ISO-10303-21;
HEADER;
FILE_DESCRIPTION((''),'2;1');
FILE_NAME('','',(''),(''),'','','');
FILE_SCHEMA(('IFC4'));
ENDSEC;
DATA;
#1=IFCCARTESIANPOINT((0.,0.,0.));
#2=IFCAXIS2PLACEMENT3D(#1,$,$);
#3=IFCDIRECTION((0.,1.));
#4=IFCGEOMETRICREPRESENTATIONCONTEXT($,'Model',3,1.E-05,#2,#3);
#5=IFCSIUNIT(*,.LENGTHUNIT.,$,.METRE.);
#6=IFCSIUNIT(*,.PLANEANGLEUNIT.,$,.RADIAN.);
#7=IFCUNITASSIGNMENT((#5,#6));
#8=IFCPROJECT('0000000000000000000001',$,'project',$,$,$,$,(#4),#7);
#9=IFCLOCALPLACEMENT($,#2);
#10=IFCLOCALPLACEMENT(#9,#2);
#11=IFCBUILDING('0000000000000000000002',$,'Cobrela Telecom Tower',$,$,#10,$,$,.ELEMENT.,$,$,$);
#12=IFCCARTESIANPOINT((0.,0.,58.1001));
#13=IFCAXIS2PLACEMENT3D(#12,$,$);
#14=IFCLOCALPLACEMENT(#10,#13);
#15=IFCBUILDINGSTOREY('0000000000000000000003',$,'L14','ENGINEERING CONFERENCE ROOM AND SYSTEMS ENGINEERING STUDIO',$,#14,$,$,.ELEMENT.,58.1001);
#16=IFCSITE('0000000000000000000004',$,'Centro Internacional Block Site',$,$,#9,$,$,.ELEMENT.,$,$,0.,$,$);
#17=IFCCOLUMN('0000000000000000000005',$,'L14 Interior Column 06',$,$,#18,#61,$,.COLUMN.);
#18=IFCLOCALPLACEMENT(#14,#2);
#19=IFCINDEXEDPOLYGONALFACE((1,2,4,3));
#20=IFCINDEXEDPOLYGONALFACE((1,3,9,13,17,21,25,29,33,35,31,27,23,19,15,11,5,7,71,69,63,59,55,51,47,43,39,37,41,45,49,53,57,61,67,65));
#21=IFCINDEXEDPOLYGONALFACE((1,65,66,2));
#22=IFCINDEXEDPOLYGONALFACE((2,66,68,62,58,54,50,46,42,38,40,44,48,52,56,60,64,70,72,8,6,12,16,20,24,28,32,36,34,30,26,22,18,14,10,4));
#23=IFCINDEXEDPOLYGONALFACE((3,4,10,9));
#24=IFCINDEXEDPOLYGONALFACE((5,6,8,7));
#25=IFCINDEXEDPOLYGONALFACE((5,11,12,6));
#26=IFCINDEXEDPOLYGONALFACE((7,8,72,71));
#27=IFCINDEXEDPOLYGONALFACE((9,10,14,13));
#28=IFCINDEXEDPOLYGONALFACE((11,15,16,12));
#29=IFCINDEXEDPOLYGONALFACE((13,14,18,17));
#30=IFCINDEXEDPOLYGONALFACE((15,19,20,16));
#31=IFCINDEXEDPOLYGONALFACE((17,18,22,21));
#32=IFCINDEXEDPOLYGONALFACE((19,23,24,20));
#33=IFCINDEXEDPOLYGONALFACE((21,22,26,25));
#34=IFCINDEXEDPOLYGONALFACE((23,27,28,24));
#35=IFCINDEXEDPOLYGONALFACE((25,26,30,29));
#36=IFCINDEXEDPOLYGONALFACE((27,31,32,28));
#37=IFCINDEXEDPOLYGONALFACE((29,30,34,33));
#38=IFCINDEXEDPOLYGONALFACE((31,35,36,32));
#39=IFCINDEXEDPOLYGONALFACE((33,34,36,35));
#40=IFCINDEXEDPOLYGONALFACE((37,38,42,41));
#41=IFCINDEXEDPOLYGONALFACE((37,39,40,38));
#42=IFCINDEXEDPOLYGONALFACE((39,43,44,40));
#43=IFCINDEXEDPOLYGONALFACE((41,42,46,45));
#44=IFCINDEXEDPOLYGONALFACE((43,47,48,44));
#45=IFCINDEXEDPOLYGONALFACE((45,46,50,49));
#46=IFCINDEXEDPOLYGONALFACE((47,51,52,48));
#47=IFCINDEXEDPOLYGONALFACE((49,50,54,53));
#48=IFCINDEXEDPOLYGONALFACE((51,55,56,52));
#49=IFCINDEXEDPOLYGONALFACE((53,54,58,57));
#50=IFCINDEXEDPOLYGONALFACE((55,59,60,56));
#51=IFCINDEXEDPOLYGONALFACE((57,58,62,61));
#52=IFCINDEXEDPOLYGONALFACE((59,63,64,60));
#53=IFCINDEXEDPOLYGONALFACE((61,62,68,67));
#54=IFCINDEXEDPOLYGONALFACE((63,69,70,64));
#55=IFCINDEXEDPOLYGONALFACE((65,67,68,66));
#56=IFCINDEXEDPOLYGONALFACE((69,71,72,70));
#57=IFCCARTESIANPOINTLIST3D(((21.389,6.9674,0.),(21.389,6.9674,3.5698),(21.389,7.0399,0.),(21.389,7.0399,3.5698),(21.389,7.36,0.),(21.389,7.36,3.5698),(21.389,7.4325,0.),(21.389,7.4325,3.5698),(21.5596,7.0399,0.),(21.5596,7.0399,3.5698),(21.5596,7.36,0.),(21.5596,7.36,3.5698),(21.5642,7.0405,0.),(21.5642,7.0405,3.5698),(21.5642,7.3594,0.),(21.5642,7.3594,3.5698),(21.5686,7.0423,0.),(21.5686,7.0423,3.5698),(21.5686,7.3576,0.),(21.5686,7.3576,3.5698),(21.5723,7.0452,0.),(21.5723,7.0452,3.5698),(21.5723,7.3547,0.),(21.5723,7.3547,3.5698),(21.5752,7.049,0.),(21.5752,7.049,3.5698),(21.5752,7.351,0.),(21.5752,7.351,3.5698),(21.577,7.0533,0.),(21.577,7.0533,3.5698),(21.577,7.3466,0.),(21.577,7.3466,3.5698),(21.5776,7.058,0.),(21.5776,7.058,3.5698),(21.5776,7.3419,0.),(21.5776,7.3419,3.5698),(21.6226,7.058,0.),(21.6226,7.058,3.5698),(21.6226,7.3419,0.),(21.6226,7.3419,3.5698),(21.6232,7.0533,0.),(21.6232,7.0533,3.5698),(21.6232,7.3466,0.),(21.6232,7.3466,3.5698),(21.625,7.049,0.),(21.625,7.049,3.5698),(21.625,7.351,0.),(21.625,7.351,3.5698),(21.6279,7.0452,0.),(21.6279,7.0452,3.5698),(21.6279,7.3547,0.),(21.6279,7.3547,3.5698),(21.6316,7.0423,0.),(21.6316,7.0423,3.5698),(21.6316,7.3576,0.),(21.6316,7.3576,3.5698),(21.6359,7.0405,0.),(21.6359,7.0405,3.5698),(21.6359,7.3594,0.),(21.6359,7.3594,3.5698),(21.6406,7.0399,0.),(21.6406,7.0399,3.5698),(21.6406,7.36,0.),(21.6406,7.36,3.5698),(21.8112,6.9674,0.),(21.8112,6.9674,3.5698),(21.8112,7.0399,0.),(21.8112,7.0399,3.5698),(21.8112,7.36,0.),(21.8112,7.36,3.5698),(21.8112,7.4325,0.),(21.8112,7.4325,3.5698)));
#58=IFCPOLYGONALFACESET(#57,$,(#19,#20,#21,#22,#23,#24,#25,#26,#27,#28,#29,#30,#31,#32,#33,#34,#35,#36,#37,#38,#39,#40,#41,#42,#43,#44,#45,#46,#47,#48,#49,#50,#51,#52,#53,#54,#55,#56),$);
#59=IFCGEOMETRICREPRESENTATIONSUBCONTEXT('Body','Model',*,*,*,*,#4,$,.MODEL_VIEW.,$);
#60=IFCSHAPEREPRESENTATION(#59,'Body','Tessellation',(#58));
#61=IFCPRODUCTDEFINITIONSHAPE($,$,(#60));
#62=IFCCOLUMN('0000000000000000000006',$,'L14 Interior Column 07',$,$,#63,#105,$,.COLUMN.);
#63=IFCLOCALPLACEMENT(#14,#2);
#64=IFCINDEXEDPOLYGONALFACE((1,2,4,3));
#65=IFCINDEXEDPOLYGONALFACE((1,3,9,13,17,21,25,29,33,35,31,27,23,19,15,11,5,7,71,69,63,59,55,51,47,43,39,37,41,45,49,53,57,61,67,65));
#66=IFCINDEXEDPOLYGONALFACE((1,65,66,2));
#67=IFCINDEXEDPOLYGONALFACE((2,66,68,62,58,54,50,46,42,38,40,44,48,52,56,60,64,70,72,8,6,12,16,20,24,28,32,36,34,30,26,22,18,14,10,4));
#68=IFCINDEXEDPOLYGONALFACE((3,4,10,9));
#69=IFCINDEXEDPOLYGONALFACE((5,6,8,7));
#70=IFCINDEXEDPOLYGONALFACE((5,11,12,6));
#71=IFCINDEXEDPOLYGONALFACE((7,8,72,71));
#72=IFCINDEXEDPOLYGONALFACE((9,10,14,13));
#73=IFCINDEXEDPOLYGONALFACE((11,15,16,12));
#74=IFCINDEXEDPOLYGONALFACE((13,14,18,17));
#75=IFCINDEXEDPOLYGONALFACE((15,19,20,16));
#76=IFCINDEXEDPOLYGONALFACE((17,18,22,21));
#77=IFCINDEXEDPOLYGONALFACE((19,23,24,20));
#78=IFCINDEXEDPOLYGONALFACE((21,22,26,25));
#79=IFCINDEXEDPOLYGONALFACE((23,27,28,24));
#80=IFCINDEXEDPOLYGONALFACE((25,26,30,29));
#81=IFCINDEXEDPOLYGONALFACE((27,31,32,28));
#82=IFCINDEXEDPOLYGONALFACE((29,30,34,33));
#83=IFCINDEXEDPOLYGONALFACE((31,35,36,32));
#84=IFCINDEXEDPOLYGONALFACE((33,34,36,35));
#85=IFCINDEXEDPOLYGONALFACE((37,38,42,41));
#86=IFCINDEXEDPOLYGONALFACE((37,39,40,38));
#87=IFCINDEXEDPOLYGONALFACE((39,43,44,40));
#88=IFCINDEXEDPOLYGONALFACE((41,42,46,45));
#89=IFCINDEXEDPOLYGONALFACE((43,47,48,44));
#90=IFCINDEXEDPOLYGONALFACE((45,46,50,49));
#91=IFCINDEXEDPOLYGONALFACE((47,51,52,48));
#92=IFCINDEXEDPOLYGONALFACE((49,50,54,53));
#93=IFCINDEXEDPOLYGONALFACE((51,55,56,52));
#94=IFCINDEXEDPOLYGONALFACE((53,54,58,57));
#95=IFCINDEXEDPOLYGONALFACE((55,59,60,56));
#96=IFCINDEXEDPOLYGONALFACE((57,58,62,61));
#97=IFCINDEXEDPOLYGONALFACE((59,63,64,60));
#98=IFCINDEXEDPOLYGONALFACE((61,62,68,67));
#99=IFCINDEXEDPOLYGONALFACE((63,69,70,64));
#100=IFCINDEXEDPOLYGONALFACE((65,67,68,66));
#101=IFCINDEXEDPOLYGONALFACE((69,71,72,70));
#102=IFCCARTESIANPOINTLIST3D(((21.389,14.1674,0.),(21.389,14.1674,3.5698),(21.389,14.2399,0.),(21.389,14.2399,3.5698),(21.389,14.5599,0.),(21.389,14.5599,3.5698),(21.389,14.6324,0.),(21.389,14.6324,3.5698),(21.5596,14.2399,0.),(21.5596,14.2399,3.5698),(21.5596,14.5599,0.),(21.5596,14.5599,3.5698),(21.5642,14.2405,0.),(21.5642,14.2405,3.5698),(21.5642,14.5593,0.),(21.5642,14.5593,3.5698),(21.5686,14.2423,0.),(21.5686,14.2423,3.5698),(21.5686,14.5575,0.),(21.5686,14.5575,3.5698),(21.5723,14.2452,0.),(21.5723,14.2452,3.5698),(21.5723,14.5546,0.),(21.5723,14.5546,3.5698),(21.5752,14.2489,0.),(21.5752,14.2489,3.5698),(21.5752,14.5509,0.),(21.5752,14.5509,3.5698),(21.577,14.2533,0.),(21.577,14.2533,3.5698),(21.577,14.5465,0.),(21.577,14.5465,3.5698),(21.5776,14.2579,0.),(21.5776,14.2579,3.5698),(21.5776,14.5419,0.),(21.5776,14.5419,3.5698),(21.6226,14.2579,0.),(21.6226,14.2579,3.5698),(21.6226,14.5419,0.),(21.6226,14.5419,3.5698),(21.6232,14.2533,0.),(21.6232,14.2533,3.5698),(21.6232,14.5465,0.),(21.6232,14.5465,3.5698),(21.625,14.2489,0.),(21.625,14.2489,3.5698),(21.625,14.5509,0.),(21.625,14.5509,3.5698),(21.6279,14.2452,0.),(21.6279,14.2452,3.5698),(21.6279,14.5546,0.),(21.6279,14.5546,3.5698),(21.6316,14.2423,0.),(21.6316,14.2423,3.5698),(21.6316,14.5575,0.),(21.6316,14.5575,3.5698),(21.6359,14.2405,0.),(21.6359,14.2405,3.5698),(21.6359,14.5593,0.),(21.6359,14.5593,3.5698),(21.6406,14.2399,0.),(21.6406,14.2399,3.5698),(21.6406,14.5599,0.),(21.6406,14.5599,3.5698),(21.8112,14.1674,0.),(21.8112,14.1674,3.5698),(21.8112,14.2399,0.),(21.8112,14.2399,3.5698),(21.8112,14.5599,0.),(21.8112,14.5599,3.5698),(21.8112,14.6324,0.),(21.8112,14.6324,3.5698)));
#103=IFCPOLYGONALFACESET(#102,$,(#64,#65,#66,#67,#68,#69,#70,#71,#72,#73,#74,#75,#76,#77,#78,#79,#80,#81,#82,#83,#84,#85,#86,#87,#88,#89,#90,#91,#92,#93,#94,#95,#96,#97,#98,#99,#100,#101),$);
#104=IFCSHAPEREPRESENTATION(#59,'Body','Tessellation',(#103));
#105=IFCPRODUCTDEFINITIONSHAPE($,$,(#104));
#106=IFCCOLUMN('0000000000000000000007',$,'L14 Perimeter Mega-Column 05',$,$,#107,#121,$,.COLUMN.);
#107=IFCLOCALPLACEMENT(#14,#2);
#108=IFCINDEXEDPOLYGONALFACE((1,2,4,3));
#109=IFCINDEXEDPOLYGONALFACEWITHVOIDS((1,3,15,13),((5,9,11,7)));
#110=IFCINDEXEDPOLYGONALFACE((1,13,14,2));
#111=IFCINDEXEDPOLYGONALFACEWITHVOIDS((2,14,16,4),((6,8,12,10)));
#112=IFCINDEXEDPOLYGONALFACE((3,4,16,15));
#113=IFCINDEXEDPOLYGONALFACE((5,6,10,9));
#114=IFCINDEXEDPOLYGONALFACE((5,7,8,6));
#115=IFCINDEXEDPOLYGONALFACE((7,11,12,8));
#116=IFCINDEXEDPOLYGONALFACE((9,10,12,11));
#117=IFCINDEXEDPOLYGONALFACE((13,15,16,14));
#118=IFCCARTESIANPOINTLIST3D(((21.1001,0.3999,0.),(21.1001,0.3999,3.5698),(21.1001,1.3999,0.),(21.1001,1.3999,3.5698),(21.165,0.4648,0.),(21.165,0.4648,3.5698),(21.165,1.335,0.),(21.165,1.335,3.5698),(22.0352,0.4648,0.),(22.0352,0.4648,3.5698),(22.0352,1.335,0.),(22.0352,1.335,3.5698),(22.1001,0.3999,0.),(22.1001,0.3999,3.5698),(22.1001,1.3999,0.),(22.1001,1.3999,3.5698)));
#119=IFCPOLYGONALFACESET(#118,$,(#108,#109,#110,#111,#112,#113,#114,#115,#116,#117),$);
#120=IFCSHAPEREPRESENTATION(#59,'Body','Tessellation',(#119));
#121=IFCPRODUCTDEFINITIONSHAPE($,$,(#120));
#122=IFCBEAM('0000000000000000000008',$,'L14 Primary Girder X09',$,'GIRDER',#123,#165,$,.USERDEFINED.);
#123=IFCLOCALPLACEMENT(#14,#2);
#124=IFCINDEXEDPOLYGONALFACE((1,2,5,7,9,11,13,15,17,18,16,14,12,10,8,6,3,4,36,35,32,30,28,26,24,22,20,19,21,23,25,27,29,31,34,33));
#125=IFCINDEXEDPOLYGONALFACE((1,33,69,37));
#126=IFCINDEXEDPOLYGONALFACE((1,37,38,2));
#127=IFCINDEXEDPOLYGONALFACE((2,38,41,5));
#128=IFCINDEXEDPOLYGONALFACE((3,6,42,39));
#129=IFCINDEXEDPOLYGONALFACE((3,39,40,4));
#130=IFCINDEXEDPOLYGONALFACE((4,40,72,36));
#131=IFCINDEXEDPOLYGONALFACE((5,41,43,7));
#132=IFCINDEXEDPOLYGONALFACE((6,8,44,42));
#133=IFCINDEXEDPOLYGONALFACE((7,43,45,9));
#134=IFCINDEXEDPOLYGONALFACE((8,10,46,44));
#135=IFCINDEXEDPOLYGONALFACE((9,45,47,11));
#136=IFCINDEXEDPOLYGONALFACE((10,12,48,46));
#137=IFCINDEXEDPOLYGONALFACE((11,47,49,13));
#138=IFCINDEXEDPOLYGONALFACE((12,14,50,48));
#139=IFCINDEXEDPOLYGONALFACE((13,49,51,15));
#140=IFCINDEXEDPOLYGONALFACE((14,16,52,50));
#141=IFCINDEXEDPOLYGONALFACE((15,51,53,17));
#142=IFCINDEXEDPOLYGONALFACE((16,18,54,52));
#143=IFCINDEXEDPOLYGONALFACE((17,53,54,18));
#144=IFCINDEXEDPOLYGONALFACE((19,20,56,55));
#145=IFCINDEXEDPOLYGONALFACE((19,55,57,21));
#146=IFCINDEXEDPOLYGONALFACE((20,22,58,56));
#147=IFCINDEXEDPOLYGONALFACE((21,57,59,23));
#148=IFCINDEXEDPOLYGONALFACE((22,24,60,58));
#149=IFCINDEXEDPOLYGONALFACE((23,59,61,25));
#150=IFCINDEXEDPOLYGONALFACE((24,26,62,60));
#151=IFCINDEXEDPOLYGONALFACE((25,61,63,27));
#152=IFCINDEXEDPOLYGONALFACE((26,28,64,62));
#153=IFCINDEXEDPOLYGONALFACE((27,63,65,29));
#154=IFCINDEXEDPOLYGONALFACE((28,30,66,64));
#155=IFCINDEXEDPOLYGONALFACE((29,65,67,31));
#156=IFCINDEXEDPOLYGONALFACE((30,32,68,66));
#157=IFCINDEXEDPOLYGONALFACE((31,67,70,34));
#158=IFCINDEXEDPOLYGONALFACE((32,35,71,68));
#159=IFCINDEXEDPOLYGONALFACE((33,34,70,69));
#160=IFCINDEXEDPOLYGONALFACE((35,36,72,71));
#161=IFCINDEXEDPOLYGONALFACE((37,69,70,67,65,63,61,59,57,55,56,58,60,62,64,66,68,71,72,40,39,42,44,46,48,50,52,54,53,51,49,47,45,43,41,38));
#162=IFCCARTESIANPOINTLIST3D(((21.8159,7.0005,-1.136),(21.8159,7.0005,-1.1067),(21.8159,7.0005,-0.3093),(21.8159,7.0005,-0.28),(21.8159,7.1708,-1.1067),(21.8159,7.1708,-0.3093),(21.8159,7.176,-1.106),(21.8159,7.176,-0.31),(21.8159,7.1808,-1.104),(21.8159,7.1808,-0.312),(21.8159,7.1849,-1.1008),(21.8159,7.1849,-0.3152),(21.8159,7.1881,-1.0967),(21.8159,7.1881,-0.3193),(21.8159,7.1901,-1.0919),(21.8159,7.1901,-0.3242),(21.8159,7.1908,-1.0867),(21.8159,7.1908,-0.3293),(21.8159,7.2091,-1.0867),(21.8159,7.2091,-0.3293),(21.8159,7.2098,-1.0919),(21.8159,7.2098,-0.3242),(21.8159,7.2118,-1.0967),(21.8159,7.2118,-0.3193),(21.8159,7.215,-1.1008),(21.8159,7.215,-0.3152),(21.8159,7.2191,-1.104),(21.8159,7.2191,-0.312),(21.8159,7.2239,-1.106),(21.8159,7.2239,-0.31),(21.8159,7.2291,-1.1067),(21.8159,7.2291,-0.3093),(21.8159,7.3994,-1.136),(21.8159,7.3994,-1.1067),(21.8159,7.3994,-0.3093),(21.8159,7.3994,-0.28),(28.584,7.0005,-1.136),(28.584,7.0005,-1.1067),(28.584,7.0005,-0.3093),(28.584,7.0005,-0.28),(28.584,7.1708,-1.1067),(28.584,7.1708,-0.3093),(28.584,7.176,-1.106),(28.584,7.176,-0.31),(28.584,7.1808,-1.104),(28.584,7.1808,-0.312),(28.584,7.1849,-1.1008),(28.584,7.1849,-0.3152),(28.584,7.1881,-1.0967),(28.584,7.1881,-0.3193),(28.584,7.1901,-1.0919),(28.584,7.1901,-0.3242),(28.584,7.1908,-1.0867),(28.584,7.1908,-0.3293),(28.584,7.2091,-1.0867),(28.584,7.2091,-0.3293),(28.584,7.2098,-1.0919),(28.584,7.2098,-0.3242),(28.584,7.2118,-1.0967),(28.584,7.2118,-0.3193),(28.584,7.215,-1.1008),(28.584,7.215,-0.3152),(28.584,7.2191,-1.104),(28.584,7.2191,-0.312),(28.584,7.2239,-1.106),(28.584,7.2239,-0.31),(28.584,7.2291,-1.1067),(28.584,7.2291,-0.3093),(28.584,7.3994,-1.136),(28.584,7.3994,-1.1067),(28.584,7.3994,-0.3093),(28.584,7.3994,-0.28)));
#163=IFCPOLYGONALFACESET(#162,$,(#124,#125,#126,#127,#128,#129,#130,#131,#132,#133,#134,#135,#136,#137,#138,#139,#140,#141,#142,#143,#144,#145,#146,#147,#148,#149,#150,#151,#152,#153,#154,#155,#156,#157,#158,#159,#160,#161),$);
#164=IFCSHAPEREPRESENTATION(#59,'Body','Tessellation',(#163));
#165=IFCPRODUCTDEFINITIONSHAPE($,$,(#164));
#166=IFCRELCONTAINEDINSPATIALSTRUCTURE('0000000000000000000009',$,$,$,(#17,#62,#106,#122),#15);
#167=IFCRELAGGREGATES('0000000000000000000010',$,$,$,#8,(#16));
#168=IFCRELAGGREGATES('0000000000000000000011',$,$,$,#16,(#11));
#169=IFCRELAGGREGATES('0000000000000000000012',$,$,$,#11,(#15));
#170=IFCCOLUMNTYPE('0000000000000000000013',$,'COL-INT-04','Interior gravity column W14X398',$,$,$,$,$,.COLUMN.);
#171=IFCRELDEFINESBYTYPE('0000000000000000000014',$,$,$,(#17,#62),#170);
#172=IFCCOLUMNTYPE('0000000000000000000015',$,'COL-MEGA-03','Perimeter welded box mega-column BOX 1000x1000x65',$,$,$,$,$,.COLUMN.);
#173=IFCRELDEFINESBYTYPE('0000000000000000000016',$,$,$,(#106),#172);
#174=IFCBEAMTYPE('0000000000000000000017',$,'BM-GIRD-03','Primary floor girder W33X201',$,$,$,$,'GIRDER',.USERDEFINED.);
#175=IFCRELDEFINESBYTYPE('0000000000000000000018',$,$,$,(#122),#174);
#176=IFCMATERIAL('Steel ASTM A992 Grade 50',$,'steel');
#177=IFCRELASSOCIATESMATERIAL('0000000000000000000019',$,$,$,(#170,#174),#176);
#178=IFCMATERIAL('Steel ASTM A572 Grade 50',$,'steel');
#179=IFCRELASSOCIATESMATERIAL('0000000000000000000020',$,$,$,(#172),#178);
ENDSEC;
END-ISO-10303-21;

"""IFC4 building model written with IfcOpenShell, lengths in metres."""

from ifc_helpers import new_model, si_unit, direction, frame, origin, origin_2d, place, context, subcontext, project, spatial, hollow_rectangle, i_section, extrude, material, material_profile, profile_set, type_object, element, save


model = new_model("IFC4")

# Units and contexts
model_context = context("Model", 3, precision=1e-05, world=origin(), true_north=direction((0.0, 1.0)))
body_context = subcontext(model_context, "Body", "Model", "MODEL_VIEW")
ifc_project = project(units=[si_unit("LENGTHUNIT", "METRE"), si_unit("PLANEANGLEUNIT", "RADIAN")], contexts=[model_context])

# Site, building, storey
site_placement = place(None, origin())
site = spatial("IfcSite", under=ifc_project, at=site_placement, Name="Centro Internacional Block Site", CompositionType="ELEMENT", RefElevation=0.0)
building_placement = place(site_placement, origin())
building = spatial("IfcBuilding", under=site, at=building_placement, Name="Cobrela Telecom Tower", CompositionType="ELEMENT")
storey_placement = place(building_placement, frame((0.0, 0.0, 58.1001)))
storey = spatial("IfcBuildingStorey", under=building, at=storey_placement, Name="L14", Description="ENGINEERING CONFERENCE ROOM AND SYSTEMS ENGINEERING STUDIO", CompositionType="ELEMENT", Elevation=58.1001)

# Columns
ifc_material_1 = material(Name="Steel ASTM A992 Grade 50", Category="steel")
ifc_material_profile_1 = material_profile(ifc_material_1, i_section(OverallWidth=0.4221, OverallDepth=0.4651, WebThickness=0.0449, FlangeThickness=0.0725, FilletRadius=0.0181, at=origin_2d()), Name="W14X398")
ifc_profile_set_1 = profile_set([ifc_material_profile_1], Name="Steel ASTM A992 Grade 50")
column_type_1 = type_object("IfcColumnType", Name="COL-INT-04", Description="Interior gravity column W14X398", PredefinedType="COLUMN", material=ifc_profile_set_1)
for number, where, z_axis, x_axis, name in (
    (1, (21.6001, 7.2, 0.0), (0.0, 0.0, 1.0), (1.0, 0.0, 0.0), "L14 Interior Column 06"),
    (2, (21.6001, 14.3999, 0.0), (0.0, 0.0, 1.0), (1.0, 0.0, 0.0), "L14 Interior Column 07"),
):
    element("IfcColumn", number, at=place(storey_placement, frame(where, z_axis=z_axis, x_axis=x_axis)), inside=storey, type_object=column_type_1, Name=name, PredefinedType="COLUMN", context=body_context, shape_type="SweptSolid", body=[
        extrude(i_section(OverallWidth=0.4221, OverallDepth=0.4651, WebThickness=0.0449, FlangeThickness=0.0725, FilletRadius=0.0181, at=origin_2d()), origin(), (0.0, 0.0, 1.0), 3.5698),
    ])
ifc_material_2 = material(Name="Steel ASTM A572 Grade 50", Category="steel")
ifc_material_profile_2 = material_profile(ifc_material_2, hollow_rectangle(XDim=1.0, YDim=1.0, WallThickness=0.0649, at=origin_2d()), Name="BOX 1000x1000x65")
ifc_profile_set_2 = profile_set([ifc_material_profile_2], Name="Steel ASTM A572 Grade 50")
column_type_2 = type_object("IfcColumnType", Name="COL-MEGA-03", Description="Perimeter welded box mega-column BOX 1000x1000x65", PredefinedType="COLUMN", material=ifc_profile_set_2)
column_placement = place(storey_placement, frame((21.6001, 0.8999, 0.0), z_axis=(0.0, 0.0, 1.0), x_axis=(1.0, 0.0, 0.0)))
element("IfcColumn", 3, at=column_placement, inside=storey, type_object=column_type_2, Name="L14 Perimeter Mega-Column 05", PredefinedType="COLUMN", context=body_context, shape_type="SweptSolid", body=[
    extrude(hollow_rectangle(XDim=1.0, YDim=1.0, WallThickness=0.0649, at=origin_2d()), origin(), (0.0, 0.0, 1.0), 3.5698),
])

# Beam
ifc_material_profile_3 = material_profile(ifc_material_1, i_section(OverallWidth=0.3989, OverallDepth=0.856, WebThickness=0.0183, FlangeThickness=0.0293, FilletRadius=0.02, at=origin_2d()), Name="W33X201")
ifc_profile_set_3 = profile_set([ifc_material_profile_3], Name="Steel ASTM A992 Grade 50")
beam_type_1 = type_object("IfcBeamType", Name="BM-GIRD-03", Description="Primary floor girder W33X201", ElementType="GIRDER", PredefinedType="USERDEFINED", material=ifc_profile_set_3)
for number, where, z_axis, x_axis, name in (
    (4, (21.8159, 7.2, -0.708), (1.0, 0.0, 0.0), (0.0, 1.0, 0.0), "L14 Primary Girder X09"),
):
    element("IfcBeam", number, at=place(storey_placement, frame(where, z_axis=z_axis, x_axis=x_axis)), inside=storey, type_object=beam_type_1, Name=name, ObjectType="GIRDER", PredefinedType="USERDEFINED", context=body_context, shape_type="SweptSolid", body=[
        extrude(i_section(OverallWidth=0.3989, OverallDepth=0.856, WebThickness=0.0183, FlangeThickness=0.0293, FilletRadius=0.02, at=origin_2d()), origin(), (0.0, 0.0, 1.0), 6.7681),
    ])

save(model, "model.ifc")
